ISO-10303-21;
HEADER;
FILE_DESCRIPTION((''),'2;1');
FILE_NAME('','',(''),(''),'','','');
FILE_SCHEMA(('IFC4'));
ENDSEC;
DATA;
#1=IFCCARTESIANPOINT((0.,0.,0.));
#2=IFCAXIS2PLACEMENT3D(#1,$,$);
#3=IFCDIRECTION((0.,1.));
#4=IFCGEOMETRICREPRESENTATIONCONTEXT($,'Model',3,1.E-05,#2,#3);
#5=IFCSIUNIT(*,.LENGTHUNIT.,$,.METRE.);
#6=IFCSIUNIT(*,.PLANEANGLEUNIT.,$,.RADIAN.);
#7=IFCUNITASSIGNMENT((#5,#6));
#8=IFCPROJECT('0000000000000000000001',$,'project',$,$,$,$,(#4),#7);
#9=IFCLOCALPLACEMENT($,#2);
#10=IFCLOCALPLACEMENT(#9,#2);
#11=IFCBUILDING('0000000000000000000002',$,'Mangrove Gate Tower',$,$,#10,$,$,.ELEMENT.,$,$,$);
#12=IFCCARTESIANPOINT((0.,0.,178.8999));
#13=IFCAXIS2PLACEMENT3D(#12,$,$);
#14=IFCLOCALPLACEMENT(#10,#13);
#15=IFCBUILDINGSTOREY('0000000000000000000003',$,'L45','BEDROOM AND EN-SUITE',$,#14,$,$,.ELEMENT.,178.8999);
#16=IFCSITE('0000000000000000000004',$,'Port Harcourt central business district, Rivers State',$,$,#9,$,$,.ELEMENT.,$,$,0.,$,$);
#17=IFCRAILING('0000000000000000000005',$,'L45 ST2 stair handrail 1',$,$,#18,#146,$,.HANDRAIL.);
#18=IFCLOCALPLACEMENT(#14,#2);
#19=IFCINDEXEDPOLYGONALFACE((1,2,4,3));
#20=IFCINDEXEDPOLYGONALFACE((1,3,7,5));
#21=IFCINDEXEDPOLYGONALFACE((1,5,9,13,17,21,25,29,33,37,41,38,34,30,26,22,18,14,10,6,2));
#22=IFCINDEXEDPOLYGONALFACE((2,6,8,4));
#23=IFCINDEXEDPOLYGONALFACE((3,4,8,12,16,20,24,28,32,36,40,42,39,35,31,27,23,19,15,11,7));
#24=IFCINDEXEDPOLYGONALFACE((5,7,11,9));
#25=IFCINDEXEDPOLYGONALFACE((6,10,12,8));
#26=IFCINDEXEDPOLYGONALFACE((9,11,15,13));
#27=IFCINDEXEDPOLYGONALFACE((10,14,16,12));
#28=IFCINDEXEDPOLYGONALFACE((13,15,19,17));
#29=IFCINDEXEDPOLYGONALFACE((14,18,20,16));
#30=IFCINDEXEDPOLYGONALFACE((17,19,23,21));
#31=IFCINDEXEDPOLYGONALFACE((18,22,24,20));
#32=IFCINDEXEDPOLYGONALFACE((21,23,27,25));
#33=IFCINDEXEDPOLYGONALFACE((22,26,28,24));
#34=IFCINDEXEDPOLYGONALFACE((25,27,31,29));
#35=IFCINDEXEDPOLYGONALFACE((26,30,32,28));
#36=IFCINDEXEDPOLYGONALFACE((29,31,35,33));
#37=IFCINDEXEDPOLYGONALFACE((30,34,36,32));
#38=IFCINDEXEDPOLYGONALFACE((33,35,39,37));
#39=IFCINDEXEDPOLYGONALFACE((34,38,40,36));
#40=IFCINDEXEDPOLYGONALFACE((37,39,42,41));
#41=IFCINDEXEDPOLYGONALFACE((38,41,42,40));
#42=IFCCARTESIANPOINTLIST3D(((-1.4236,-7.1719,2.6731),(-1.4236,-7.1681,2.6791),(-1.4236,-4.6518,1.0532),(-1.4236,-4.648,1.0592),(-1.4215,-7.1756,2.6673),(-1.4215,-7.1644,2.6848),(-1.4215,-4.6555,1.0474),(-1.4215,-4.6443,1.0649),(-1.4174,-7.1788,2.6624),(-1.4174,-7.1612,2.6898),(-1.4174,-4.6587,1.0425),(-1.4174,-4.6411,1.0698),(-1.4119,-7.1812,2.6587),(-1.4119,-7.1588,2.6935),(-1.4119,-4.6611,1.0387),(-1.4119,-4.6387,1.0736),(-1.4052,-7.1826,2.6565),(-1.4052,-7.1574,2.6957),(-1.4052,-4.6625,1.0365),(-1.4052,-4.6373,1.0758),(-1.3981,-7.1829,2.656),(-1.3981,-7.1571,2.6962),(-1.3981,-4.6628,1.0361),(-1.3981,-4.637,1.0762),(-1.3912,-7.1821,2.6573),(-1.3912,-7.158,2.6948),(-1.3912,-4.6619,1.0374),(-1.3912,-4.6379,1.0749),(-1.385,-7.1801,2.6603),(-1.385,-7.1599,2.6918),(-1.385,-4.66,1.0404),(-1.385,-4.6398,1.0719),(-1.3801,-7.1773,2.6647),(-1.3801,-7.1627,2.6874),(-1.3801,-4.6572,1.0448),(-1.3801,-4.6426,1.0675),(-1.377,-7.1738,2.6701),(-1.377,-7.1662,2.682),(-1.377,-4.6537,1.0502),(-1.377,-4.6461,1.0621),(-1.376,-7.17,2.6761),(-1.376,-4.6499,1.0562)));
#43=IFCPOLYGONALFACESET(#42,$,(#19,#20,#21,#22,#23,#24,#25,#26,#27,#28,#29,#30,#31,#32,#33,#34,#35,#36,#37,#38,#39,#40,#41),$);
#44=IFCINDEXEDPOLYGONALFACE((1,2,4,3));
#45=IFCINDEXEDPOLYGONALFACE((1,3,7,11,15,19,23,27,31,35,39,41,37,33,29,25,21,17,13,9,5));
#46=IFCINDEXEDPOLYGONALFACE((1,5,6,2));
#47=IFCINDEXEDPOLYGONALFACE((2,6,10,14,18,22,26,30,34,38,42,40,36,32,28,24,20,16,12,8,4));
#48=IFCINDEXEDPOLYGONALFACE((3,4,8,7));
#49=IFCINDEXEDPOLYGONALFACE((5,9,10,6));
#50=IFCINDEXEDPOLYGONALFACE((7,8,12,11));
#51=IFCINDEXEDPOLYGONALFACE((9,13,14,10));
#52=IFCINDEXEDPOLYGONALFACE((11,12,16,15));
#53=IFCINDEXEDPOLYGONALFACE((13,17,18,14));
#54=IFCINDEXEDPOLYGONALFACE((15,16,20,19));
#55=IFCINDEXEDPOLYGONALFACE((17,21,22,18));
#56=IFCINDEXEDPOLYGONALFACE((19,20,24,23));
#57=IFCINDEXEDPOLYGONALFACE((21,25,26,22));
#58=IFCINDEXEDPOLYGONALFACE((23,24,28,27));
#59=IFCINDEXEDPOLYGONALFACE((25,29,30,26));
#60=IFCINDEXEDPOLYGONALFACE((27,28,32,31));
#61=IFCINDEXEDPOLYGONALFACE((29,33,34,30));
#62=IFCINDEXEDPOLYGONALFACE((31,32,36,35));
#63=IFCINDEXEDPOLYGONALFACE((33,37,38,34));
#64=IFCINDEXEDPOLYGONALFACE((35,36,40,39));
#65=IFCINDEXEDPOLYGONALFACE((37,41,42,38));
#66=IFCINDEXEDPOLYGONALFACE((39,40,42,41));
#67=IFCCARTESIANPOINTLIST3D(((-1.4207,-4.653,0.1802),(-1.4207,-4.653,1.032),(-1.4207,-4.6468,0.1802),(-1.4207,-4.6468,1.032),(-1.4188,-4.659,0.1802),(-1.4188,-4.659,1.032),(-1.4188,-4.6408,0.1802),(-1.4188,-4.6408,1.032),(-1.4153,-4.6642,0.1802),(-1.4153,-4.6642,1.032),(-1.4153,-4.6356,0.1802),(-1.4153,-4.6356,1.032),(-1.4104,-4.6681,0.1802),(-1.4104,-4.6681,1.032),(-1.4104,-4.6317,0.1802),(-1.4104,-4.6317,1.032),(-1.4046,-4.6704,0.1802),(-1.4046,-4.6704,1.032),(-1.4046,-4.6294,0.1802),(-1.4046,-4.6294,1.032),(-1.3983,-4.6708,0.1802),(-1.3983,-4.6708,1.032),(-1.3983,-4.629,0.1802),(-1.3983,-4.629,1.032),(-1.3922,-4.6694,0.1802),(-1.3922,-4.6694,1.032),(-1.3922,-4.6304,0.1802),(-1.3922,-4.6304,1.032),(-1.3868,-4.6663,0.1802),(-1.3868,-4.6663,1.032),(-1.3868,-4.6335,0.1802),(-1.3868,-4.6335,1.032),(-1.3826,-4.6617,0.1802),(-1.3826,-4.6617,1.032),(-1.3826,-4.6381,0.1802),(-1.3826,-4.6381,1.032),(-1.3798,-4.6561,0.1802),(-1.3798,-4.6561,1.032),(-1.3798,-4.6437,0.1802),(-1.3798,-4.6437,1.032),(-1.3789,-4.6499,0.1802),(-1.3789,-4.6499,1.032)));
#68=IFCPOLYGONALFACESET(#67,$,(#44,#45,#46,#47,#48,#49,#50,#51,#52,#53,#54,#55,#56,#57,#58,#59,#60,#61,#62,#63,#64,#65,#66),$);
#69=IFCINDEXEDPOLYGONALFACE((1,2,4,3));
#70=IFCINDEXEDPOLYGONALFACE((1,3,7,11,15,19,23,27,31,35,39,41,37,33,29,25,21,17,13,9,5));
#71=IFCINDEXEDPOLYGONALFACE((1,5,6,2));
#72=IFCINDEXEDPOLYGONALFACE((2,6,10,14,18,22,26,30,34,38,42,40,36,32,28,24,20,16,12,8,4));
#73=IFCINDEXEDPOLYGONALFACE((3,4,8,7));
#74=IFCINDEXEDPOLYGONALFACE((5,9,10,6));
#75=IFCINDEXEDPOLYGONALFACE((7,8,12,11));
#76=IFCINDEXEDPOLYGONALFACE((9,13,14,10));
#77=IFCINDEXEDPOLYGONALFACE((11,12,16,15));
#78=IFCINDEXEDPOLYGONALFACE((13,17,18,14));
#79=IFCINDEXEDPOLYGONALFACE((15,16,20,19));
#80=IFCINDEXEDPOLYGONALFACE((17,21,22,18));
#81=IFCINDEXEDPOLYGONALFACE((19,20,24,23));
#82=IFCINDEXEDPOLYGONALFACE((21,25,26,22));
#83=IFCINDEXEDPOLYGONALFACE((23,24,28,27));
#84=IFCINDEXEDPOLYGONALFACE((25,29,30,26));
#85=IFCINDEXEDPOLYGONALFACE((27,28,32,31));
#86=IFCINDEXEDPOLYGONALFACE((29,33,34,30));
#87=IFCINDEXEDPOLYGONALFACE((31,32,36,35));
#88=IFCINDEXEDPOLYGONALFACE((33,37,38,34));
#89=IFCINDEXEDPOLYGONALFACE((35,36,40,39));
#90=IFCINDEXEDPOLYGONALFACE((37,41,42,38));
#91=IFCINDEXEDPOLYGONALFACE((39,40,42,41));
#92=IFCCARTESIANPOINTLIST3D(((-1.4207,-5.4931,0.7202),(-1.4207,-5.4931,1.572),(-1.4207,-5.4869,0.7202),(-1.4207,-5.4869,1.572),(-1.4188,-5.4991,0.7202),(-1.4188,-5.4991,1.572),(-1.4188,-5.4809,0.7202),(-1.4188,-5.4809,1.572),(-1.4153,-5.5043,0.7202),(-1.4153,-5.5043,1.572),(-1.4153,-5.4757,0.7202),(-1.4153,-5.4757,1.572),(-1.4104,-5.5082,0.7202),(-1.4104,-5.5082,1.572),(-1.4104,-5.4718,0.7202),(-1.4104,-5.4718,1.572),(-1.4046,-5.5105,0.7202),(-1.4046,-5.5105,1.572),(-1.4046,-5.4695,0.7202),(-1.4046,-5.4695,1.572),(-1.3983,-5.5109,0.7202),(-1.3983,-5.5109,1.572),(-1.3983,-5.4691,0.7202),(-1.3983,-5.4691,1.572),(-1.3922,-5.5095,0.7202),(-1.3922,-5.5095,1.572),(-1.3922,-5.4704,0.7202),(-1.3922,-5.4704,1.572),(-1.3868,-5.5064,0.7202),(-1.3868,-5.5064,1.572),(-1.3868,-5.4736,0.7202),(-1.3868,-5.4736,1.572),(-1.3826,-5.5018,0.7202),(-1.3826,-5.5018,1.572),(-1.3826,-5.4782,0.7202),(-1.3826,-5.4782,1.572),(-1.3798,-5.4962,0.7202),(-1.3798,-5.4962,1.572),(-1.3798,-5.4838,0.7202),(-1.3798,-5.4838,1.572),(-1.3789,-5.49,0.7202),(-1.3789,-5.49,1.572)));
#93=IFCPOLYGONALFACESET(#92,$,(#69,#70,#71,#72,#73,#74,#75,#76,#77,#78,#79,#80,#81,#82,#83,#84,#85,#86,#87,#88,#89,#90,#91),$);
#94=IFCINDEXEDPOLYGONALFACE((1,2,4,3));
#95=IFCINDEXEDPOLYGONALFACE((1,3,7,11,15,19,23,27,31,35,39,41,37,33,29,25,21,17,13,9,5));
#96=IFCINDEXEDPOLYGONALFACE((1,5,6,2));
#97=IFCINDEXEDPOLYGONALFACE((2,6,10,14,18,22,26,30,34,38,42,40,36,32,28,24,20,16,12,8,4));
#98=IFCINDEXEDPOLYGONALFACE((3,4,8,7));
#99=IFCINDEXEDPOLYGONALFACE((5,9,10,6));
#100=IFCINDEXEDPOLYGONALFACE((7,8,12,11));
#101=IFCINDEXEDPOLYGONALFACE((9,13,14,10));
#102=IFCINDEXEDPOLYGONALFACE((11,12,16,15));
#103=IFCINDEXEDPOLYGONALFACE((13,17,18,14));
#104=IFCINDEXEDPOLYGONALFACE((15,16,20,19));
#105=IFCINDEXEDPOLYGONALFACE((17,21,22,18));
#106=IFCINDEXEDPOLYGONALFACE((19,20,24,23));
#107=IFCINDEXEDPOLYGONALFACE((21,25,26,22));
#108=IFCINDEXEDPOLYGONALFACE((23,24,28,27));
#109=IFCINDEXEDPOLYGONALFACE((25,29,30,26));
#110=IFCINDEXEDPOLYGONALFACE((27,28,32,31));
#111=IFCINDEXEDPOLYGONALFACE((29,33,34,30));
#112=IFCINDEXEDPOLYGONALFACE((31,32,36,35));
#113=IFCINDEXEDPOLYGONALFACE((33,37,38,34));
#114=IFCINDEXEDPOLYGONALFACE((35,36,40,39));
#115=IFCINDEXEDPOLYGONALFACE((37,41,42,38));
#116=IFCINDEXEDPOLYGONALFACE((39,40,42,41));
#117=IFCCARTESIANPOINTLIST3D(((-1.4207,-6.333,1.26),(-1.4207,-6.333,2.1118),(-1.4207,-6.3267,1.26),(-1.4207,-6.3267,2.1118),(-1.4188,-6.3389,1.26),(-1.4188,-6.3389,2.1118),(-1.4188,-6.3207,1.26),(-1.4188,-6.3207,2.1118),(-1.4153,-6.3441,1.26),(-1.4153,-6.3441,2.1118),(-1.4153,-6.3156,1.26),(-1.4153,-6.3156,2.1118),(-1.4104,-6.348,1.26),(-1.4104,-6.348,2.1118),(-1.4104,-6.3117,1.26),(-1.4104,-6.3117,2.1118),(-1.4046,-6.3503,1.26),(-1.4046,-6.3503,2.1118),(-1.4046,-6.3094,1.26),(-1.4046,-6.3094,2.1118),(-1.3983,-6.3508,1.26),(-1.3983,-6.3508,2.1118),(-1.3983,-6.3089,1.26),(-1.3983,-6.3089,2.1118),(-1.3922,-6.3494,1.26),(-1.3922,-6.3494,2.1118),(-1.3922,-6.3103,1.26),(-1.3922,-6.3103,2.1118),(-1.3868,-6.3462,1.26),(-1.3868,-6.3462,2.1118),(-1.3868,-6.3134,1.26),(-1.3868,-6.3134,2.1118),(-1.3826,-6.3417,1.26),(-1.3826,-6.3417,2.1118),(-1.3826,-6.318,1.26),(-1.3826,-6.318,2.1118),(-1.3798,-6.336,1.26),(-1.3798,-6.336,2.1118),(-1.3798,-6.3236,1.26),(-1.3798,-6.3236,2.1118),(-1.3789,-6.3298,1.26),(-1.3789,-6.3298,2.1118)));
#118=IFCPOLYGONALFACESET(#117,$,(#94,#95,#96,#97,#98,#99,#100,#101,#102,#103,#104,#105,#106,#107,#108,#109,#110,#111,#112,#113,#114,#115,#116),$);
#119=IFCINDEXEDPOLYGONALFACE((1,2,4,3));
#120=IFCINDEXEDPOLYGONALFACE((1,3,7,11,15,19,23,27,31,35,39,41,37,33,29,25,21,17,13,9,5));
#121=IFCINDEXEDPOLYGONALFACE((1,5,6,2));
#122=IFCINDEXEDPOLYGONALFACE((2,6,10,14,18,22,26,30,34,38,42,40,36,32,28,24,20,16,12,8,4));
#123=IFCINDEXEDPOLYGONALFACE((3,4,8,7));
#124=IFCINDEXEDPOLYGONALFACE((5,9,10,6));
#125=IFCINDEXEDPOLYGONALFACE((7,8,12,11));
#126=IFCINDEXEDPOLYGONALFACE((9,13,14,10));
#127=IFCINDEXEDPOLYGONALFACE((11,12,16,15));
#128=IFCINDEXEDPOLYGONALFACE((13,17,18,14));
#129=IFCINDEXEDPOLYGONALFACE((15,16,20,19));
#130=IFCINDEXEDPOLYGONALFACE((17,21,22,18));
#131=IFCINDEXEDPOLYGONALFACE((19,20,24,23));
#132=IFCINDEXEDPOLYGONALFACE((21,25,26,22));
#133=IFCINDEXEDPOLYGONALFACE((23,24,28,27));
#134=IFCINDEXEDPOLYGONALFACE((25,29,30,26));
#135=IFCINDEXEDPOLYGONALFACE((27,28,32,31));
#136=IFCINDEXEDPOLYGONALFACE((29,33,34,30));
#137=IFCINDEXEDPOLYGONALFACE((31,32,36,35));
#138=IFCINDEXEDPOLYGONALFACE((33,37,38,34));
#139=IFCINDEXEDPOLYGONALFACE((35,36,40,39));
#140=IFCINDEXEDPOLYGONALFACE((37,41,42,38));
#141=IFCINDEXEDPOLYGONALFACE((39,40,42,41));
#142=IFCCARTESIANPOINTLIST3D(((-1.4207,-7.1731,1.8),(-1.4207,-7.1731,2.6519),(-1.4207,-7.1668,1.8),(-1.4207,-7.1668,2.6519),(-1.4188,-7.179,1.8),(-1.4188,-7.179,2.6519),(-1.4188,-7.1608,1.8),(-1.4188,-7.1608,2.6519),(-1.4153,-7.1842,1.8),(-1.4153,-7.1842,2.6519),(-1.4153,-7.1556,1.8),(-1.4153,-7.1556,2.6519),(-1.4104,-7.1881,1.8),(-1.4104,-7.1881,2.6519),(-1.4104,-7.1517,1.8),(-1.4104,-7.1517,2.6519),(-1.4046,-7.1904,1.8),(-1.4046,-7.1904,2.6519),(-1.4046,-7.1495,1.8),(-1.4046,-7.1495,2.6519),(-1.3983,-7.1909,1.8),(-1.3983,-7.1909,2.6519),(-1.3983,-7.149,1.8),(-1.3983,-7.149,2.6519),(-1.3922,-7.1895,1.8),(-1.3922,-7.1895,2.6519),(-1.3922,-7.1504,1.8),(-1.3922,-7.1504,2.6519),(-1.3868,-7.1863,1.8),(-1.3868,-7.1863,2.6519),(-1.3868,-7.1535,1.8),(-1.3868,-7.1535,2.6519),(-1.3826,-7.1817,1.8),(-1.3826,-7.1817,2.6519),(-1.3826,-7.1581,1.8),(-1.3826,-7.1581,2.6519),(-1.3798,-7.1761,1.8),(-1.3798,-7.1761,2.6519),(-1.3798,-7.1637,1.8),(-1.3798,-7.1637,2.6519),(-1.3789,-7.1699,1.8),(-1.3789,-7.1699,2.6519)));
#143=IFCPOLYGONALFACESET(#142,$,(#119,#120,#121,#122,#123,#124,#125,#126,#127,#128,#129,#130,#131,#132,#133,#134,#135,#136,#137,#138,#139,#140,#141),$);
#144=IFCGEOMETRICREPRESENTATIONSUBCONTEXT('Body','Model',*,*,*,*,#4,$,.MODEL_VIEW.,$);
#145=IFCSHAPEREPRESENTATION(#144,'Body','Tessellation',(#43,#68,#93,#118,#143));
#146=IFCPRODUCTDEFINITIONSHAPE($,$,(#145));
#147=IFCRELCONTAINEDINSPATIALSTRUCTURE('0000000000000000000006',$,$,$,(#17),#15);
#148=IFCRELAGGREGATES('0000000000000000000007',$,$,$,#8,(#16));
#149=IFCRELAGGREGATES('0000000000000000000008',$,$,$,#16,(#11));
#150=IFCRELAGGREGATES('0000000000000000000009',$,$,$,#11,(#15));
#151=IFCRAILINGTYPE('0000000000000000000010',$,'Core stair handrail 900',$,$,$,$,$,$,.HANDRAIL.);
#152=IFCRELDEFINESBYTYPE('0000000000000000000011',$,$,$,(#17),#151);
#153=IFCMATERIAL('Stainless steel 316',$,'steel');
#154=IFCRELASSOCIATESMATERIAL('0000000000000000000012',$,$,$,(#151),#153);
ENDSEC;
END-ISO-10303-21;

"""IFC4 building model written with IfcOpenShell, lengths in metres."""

from ifc_helpers import new_model, si_unit, direction, frame, origin, origin_2d, place, context, subcontext, project, spatial, circle, extrude, material, type_object, element, save


model = new_model("IFC4")

# Units and contexts
model_context = context("Model", 3, precision=1e-05, world=origin(), true_north=direction((0.0, 1.0)))
body_context = subcontext(model_context, "Body", "Model", "MODEL_VIEW")
ifc_project = project(units=[si_unit("LENGTHUNIT", "METRE"), si_unit("PLANEANGLEUNIT", "RADIAN")], contexts=[model_context])

# Site, building, storey
site_placement = place(None, origin())
site = spatial("IfcSite", under=ifc_project, at=site_placement, Name="Port Harcourt central business district, Rivers State", CompositionType="ELEMENT", RefElevation=0.0)
building_placement = place(site_placement, origin())
building = spatial("IfcBuilding", under=site, at=building_placement, Name="Mangrove Gate Tower", CompositionType="ELEMENT")
storey_placement = place(building_placement, frame((0.0, 0.0, 178.8999)))
storey = spatial("IfcBuildingStorey", under=building, at=storey_placement, Name="L45", Description="BEDROOM AND EN-SUITE", CompositionType="ELEMENT", Elevation=178.8999)

# Railing
ifc_material_1 = material(Name="Stainless steel 316", Category="steel")
railing_type_1 = type_object("IfcRailingType", Name="Core stair handrail 900", PredefinedType="HANDRAIL", material=ifc_material_1)
railing_1_placement = place(storey_placement, frame((-1.3999, -4.6499, 0.1802)))
element("IfcRailing", 1, at=railing_1_placement, inside=storey, type_object=railing_type_1, Name="L45 ST2 stair handrail 1", PredefinedType="HANDRAIL", context=body_context, shape_type="SweptSolid", body=[
    extrude(circle(Radius=0.0239, at=origin_2d()), frame((0.0, 0.0, 0.876), z_axis=(0.0, -0.8412, 0.540725), x_axis=(1.0, 0.0, 0.0)), (0.0, 0.0, 1.0), 2.9958),
    extrude(circle(Radius=0.021, at=origin_2d()), origin(), (0.0, 0.0, 1.0), 0.8518),
    extrude(circle(Radius=0.021, at=origin_2d()), frame((0.0, -0.8401, 0.54)), (0.0, 0.0, 1.0), 0.8518),
    extrude(circle(Radius=0.021, at=origin_2d()), frame((0.0, -1.6799, 1.0798)), (0.0, 0.0, 1.0), 0.8518),
    extrude(circle(Radius=0.021, at=origin_2d()), frame((0.0, -2.52, 1.6199)), (0.0, 0.0, 1.0), 0.8518),
])

save(model, "model.ifc")
